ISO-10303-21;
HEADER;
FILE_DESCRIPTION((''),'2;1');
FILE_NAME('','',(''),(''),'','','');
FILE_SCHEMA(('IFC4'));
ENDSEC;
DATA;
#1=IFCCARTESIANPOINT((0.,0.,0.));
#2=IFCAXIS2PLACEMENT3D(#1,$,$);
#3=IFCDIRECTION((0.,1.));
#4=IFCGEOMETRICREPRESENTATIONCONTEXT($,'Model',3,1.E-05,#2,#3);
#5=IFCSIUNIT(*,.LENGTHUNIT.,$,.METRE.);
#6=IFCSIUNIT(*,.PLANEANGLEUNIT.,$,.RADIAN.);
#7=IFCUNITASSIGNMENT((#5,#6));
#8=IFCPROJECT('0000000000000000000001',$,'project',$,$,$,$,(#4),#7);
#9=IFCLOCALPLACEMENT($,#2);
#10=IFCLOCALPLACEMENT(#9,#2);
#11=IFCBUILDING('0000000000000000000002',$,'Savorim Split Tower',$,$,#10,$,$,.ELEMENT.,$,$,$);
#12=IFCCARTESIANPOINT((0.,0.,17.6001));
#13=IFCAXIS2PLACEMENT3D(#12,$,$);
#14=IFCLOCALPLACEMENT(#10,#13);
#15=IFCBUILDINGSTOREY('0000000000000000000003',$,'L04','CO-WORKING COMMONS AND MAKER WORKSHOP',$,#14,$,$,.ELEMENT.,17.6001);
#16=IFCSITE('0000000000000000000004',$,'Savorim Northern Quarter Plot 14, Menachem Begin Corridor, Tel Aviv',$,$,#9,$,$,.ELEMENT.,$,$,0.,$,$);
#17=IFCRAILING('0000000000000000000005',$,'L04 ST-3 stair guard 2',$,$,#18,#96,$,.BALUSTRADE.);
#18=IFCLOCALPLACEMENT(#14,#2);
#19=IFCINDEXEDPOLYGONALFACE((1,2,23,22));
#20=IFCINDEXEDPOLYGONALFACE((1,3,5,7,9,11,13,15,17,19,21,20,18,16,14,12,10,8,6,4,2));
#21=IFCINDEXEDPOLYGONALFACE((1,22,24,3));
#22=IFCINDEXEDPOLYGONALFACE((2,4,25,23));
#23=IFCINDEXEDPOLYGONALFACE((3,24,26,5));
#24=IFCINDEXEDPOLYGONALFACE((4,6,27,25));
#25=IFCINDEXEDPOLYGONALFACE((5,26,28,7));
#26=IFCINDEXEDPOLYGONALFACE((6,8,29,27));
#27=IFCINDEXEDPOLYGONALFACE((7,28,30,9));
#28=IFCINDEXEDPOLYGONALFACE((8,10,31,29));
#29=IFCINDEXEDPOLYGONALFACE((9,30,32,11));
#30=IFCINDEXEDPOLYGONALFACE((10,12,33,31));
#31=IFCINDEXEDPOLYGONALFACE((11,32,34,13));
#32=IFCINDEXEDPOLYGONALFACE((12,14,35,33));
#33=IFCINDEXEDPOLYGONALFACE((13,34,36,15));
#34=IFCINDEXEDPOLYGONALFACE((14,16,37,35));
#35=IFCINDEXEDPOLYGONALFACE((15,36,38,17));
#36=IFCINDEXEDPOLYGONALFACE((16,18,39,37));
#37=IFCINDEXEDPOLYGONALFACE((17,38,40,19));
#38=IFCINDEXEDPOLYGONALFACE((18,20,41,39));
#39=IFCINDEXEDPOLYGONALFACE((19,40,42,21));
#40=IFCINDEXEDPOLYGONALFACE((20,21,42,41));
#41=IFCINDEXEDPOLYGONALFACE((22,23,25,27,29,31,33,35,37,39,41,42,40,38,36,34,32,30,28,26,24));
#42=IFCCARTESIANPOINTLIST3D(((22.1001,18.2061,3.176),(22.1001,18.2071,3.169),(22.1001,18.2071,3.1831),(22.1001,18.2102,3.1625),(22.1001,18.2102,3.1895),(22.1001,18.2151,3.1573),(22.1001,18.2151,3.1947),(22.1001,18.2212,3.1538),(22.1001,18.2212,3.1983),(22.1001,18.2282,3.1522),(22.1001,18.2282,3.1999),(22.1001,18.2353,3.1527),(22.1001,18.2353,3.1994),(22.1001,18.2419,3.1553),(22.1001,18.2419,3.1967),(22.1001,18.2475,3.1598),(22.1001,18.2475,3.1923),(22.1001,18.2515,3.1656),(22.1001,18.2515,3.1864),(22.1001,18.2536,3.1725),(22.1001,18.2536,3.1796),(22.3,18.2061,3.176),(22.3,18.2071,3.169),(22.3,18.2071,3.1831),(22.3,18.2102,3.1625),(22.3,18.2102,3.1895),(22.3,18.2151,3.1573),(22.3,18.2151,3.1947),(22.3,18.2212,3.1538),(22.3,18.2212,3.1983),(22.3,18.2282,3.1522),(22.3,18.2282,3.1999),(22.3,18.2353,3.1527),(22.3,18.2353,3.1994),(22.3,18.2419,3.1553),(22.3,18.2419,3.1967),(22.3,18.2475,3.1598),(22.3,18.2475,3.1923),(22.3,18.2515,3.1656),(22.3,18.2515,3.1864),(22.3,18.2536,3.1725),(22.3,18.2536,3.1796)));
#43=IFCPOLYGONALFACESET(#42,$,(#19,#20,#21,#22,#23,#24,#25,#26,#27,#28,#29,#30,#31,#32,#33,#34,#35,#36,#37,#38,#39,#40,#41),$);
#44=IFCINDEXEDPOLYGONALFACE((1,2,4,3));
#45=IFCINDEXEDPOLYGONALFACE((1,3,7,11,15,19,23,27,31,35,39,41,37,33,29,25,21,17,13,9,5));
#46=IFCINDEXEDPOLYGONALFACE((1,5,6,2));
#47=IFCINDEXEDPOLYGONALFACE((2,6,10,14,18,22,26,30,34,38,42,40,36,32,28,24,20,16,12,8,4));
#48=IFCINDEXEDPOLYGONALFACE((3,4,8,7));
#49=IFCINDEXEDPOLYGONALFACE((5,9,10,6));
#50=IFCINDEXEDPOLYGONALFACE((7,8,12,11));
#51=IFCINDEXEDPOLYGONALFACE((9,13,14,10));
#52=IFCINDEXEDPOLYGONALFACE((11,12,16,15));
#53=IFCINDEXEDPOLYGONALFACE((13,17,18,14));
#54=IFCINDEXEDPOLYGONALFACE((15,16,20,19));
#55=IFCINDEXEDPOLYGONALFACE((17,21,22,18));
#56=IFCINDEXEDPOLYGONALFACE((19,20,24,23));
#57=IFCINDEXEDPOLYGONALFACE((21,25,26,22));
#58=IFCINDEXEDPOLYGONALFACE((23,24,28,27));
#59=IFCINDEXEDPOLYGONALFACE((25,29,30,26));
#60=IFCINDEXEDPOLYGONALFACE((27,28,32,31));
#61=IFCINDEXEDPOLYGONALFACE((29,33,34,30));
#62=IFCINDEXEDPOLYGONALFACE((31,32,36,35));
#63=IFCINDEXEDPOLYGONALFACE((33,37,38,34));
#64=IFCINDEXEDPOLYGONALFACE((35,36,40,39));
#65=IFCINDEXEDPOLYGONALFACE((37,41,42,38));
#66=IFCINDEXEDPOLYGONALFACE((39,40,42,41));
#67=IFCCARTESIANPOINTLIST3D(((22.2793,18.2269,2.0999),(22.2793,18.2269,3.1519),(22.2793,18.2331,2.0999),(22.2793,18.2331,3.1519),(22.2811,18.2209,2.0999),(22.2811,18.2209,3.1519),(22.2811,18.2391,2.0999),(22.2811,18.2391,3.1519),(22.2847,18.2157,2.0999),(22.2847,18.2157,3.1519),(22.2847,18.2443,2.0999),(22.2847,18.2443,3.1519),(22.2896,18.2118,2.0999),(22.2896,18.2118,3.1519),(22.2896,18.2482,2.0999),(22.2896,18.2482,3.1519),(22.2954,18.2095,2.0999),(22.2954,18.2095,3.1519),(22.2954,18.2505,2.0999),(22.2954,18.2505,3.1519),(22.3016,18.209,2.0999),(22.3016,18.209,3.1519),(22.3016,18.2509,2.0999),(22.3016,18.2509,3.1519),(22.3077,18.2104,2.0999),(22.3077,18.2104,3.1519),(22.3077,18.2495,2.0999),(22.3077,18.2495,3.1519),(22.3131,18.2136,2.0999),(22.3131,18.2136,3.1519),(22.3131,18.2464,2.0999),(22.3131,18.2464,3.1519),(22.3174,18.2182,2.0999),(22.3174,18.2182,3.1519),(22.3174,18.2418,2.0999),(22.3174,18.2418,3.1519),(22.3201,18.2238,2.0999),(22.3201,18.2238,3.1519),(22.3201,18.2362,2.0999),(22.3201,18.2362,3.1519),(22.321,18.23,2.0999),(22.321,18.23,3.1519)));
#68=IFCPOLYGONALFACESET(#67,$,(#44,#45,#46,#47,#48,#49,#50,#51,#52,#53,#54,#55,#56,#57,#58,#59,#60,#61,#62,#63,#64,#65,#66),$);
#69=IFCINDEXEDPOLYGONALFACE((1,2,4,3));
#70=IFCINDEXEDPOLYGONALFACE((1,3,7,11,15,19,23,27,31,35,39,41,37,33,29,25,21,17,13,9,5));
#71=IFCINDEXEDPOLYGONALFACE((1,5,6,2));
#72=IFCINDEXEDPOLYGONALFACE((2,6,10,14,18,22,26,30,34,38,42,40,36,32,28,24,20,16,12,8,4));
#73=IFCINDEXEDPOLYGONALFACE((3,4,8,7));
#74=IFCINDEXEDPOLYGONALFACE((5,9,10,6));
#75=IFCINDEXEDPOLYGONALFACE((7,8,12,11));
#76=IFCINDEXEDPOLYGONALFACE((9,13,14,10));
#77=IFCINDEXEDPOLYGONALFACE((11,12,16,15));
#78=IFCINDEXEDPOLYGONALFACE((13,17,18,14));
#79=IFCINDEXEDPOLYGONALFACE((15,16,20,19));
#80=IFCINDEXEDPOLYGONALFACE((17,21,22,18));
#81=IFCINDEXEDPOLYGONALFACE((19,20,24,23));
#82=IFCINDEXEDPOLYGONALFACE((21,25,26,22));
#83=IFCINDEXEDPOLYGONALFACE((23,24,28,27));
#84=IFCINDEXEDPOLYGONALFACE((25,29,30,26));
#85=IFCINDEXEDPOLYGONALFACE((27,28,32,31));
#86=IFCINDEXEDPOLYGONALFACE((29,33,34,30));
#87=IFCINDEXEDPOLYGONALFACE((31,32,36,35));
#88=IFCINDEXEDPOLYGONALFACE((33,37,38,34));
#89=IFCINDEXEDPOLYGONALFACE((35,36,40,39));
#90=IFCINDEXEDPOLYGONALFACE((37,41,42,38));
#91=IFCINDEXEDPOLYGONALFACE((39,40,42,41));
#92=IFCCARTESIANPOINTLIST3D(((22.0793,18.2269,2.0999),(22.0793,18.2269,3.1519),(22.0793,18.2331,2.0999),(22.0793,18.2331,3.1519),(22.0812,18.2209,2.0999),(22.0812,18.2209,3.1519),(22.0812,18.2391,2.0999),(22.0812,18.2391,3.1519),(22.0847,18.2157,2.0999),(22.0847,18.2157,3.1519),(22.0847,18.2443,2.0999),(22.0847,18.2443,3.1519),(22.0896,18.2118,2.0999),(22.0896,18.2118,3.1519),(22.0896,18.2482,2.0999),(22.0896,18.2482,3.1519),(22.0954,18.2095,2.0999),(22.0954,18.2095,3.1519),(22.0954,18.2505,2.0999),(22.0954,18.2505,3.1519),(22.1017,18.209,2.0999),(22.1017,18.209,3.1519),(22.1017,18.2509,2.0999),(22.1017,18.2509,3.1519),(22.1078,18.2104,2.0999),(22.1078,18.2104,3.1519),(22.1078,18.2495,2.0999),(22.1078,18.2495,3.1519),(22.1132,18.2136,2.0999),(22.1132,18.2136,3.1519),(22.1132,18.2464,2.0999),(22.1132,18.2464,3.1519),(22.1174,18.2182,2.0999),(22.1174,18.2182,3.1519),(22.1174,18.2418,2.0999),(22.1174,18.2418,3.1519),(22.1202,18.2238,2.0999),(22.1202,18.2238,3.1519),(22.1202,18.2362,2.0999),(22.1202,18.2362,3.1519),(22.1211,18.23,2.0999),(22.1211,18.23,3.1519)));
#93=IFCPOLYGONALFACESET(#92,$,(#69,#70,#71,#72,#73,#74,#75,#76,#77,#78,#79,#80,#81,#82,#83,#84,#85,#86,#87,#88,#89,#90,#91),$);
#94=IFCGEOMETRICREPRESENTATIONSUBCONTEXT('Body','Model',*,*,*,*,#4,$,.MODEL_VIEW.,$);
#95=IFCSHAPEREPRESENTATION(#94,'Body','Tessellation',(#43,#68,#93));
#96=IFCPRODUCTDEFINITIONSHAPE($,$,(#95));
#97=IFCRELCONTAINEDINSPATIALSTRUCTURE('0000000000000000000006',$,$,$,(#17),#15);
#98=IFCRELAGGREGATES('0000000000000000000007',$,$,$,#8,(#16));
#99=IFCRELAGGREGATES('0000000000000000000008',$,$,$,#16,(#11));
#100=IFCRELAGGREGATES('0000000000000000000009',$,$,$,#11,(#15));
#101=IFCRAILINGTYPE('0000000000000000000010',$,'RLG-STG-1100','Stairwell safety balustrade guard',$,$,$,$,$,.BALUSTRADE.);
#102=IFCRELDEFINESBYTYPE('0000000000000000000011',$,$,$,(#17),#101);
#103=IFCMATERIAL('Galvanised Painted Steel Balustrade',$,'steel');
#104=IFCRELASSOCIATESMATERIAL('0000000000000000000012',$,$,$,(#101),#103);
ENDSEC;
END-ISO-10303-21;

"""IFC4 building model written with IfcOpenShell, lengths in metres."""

from ifc_helpers import new_model, si_unit, direction, frame, origin, origin_2d, place, context, subcontext, project, spatial, circle, extrude, material, type_object, element, save


model = new_model("IFC4")

# Units and contexts
model_context = context("Model", 3, precision=1e-05, world=origin(), true_north=direction((0.0, 1.0)))
body_context = subcontext(model_context, "Body", "Model", "MODEL_VIEW")
ifc_project = project(units=[si_unit("LENGTHUNIT", "METRE"), si_unit("PLANEANGLEUNIT", "RADIAN")], contexts=[model_context])

# Site, building, storey
site_placement = place(None, origin())
site = spatial("IfcSite", under=ifc_project, at=site_placement, Name="Savorim Northern Quarter Plot 14, Menachem Begin Corridor, Tel Aviv", CompositionType="ELEMENT", RefElevation=0.0)
building_placement = place(site_placement, origin())
building = spatial("IfcBuilding", under=site, at=building_placement, Name="Savorim Split Tower", CompositionType="ELEMENT")
storey_placement = place(building_placement, frame((0.0, 0.0, 17.6001)))
storey = spatial("IfcBuildingStorey", under=building, at=storey_placement, Name="L04", Description="CO-WORKING COMMONS AND MAKER WORKSHOP", CompositionType="ELEMENT", Elevation=17.6001)

# Railing
ifc_material_1 = material(Name="Galvanised Painted Steel Balustrade", Category="steel")
railing_type_1 = type_object("IfcRailingType", Name="RLG-STG-1100", Description="Stairwell safety balustrade guard", PredefinedType="BALUSTRADE", material=ifc_material_1)
railing_1_placement = place(storey_placement, frame((22.3, 18.23, 2.0999)))
element("IfcRailing", 1, at=railing_1_placement, inside=storey, type_object=railing_type_1, Name="L04 ST-3 stair guard 2", PredefinedType="BALUSTRADE", context=body_context, shape_type="SweptSolid", body=[
    extrude(circle(Radius=0.0239, at=origin_2d()), frame((0.0, 0.0, 1.0762), z_axis=(-1.0, 0.0, 0.0), x_axis=(0.0, -1.0, 0.0)), (0.0, 0.0, 1.0), 0.2),
    extrude(circle(Radius=0.021, at=origin_2d()), origin(), (0.0, 0.0, 1.0), 1.052),
    extrude(circle(Radius=0.021, at=origin_2d()), frame((-0.2, 0.0, 0.0)), (0.0, 0.0, 1.0), 1.052),
])

save(model, "model.ifc")
